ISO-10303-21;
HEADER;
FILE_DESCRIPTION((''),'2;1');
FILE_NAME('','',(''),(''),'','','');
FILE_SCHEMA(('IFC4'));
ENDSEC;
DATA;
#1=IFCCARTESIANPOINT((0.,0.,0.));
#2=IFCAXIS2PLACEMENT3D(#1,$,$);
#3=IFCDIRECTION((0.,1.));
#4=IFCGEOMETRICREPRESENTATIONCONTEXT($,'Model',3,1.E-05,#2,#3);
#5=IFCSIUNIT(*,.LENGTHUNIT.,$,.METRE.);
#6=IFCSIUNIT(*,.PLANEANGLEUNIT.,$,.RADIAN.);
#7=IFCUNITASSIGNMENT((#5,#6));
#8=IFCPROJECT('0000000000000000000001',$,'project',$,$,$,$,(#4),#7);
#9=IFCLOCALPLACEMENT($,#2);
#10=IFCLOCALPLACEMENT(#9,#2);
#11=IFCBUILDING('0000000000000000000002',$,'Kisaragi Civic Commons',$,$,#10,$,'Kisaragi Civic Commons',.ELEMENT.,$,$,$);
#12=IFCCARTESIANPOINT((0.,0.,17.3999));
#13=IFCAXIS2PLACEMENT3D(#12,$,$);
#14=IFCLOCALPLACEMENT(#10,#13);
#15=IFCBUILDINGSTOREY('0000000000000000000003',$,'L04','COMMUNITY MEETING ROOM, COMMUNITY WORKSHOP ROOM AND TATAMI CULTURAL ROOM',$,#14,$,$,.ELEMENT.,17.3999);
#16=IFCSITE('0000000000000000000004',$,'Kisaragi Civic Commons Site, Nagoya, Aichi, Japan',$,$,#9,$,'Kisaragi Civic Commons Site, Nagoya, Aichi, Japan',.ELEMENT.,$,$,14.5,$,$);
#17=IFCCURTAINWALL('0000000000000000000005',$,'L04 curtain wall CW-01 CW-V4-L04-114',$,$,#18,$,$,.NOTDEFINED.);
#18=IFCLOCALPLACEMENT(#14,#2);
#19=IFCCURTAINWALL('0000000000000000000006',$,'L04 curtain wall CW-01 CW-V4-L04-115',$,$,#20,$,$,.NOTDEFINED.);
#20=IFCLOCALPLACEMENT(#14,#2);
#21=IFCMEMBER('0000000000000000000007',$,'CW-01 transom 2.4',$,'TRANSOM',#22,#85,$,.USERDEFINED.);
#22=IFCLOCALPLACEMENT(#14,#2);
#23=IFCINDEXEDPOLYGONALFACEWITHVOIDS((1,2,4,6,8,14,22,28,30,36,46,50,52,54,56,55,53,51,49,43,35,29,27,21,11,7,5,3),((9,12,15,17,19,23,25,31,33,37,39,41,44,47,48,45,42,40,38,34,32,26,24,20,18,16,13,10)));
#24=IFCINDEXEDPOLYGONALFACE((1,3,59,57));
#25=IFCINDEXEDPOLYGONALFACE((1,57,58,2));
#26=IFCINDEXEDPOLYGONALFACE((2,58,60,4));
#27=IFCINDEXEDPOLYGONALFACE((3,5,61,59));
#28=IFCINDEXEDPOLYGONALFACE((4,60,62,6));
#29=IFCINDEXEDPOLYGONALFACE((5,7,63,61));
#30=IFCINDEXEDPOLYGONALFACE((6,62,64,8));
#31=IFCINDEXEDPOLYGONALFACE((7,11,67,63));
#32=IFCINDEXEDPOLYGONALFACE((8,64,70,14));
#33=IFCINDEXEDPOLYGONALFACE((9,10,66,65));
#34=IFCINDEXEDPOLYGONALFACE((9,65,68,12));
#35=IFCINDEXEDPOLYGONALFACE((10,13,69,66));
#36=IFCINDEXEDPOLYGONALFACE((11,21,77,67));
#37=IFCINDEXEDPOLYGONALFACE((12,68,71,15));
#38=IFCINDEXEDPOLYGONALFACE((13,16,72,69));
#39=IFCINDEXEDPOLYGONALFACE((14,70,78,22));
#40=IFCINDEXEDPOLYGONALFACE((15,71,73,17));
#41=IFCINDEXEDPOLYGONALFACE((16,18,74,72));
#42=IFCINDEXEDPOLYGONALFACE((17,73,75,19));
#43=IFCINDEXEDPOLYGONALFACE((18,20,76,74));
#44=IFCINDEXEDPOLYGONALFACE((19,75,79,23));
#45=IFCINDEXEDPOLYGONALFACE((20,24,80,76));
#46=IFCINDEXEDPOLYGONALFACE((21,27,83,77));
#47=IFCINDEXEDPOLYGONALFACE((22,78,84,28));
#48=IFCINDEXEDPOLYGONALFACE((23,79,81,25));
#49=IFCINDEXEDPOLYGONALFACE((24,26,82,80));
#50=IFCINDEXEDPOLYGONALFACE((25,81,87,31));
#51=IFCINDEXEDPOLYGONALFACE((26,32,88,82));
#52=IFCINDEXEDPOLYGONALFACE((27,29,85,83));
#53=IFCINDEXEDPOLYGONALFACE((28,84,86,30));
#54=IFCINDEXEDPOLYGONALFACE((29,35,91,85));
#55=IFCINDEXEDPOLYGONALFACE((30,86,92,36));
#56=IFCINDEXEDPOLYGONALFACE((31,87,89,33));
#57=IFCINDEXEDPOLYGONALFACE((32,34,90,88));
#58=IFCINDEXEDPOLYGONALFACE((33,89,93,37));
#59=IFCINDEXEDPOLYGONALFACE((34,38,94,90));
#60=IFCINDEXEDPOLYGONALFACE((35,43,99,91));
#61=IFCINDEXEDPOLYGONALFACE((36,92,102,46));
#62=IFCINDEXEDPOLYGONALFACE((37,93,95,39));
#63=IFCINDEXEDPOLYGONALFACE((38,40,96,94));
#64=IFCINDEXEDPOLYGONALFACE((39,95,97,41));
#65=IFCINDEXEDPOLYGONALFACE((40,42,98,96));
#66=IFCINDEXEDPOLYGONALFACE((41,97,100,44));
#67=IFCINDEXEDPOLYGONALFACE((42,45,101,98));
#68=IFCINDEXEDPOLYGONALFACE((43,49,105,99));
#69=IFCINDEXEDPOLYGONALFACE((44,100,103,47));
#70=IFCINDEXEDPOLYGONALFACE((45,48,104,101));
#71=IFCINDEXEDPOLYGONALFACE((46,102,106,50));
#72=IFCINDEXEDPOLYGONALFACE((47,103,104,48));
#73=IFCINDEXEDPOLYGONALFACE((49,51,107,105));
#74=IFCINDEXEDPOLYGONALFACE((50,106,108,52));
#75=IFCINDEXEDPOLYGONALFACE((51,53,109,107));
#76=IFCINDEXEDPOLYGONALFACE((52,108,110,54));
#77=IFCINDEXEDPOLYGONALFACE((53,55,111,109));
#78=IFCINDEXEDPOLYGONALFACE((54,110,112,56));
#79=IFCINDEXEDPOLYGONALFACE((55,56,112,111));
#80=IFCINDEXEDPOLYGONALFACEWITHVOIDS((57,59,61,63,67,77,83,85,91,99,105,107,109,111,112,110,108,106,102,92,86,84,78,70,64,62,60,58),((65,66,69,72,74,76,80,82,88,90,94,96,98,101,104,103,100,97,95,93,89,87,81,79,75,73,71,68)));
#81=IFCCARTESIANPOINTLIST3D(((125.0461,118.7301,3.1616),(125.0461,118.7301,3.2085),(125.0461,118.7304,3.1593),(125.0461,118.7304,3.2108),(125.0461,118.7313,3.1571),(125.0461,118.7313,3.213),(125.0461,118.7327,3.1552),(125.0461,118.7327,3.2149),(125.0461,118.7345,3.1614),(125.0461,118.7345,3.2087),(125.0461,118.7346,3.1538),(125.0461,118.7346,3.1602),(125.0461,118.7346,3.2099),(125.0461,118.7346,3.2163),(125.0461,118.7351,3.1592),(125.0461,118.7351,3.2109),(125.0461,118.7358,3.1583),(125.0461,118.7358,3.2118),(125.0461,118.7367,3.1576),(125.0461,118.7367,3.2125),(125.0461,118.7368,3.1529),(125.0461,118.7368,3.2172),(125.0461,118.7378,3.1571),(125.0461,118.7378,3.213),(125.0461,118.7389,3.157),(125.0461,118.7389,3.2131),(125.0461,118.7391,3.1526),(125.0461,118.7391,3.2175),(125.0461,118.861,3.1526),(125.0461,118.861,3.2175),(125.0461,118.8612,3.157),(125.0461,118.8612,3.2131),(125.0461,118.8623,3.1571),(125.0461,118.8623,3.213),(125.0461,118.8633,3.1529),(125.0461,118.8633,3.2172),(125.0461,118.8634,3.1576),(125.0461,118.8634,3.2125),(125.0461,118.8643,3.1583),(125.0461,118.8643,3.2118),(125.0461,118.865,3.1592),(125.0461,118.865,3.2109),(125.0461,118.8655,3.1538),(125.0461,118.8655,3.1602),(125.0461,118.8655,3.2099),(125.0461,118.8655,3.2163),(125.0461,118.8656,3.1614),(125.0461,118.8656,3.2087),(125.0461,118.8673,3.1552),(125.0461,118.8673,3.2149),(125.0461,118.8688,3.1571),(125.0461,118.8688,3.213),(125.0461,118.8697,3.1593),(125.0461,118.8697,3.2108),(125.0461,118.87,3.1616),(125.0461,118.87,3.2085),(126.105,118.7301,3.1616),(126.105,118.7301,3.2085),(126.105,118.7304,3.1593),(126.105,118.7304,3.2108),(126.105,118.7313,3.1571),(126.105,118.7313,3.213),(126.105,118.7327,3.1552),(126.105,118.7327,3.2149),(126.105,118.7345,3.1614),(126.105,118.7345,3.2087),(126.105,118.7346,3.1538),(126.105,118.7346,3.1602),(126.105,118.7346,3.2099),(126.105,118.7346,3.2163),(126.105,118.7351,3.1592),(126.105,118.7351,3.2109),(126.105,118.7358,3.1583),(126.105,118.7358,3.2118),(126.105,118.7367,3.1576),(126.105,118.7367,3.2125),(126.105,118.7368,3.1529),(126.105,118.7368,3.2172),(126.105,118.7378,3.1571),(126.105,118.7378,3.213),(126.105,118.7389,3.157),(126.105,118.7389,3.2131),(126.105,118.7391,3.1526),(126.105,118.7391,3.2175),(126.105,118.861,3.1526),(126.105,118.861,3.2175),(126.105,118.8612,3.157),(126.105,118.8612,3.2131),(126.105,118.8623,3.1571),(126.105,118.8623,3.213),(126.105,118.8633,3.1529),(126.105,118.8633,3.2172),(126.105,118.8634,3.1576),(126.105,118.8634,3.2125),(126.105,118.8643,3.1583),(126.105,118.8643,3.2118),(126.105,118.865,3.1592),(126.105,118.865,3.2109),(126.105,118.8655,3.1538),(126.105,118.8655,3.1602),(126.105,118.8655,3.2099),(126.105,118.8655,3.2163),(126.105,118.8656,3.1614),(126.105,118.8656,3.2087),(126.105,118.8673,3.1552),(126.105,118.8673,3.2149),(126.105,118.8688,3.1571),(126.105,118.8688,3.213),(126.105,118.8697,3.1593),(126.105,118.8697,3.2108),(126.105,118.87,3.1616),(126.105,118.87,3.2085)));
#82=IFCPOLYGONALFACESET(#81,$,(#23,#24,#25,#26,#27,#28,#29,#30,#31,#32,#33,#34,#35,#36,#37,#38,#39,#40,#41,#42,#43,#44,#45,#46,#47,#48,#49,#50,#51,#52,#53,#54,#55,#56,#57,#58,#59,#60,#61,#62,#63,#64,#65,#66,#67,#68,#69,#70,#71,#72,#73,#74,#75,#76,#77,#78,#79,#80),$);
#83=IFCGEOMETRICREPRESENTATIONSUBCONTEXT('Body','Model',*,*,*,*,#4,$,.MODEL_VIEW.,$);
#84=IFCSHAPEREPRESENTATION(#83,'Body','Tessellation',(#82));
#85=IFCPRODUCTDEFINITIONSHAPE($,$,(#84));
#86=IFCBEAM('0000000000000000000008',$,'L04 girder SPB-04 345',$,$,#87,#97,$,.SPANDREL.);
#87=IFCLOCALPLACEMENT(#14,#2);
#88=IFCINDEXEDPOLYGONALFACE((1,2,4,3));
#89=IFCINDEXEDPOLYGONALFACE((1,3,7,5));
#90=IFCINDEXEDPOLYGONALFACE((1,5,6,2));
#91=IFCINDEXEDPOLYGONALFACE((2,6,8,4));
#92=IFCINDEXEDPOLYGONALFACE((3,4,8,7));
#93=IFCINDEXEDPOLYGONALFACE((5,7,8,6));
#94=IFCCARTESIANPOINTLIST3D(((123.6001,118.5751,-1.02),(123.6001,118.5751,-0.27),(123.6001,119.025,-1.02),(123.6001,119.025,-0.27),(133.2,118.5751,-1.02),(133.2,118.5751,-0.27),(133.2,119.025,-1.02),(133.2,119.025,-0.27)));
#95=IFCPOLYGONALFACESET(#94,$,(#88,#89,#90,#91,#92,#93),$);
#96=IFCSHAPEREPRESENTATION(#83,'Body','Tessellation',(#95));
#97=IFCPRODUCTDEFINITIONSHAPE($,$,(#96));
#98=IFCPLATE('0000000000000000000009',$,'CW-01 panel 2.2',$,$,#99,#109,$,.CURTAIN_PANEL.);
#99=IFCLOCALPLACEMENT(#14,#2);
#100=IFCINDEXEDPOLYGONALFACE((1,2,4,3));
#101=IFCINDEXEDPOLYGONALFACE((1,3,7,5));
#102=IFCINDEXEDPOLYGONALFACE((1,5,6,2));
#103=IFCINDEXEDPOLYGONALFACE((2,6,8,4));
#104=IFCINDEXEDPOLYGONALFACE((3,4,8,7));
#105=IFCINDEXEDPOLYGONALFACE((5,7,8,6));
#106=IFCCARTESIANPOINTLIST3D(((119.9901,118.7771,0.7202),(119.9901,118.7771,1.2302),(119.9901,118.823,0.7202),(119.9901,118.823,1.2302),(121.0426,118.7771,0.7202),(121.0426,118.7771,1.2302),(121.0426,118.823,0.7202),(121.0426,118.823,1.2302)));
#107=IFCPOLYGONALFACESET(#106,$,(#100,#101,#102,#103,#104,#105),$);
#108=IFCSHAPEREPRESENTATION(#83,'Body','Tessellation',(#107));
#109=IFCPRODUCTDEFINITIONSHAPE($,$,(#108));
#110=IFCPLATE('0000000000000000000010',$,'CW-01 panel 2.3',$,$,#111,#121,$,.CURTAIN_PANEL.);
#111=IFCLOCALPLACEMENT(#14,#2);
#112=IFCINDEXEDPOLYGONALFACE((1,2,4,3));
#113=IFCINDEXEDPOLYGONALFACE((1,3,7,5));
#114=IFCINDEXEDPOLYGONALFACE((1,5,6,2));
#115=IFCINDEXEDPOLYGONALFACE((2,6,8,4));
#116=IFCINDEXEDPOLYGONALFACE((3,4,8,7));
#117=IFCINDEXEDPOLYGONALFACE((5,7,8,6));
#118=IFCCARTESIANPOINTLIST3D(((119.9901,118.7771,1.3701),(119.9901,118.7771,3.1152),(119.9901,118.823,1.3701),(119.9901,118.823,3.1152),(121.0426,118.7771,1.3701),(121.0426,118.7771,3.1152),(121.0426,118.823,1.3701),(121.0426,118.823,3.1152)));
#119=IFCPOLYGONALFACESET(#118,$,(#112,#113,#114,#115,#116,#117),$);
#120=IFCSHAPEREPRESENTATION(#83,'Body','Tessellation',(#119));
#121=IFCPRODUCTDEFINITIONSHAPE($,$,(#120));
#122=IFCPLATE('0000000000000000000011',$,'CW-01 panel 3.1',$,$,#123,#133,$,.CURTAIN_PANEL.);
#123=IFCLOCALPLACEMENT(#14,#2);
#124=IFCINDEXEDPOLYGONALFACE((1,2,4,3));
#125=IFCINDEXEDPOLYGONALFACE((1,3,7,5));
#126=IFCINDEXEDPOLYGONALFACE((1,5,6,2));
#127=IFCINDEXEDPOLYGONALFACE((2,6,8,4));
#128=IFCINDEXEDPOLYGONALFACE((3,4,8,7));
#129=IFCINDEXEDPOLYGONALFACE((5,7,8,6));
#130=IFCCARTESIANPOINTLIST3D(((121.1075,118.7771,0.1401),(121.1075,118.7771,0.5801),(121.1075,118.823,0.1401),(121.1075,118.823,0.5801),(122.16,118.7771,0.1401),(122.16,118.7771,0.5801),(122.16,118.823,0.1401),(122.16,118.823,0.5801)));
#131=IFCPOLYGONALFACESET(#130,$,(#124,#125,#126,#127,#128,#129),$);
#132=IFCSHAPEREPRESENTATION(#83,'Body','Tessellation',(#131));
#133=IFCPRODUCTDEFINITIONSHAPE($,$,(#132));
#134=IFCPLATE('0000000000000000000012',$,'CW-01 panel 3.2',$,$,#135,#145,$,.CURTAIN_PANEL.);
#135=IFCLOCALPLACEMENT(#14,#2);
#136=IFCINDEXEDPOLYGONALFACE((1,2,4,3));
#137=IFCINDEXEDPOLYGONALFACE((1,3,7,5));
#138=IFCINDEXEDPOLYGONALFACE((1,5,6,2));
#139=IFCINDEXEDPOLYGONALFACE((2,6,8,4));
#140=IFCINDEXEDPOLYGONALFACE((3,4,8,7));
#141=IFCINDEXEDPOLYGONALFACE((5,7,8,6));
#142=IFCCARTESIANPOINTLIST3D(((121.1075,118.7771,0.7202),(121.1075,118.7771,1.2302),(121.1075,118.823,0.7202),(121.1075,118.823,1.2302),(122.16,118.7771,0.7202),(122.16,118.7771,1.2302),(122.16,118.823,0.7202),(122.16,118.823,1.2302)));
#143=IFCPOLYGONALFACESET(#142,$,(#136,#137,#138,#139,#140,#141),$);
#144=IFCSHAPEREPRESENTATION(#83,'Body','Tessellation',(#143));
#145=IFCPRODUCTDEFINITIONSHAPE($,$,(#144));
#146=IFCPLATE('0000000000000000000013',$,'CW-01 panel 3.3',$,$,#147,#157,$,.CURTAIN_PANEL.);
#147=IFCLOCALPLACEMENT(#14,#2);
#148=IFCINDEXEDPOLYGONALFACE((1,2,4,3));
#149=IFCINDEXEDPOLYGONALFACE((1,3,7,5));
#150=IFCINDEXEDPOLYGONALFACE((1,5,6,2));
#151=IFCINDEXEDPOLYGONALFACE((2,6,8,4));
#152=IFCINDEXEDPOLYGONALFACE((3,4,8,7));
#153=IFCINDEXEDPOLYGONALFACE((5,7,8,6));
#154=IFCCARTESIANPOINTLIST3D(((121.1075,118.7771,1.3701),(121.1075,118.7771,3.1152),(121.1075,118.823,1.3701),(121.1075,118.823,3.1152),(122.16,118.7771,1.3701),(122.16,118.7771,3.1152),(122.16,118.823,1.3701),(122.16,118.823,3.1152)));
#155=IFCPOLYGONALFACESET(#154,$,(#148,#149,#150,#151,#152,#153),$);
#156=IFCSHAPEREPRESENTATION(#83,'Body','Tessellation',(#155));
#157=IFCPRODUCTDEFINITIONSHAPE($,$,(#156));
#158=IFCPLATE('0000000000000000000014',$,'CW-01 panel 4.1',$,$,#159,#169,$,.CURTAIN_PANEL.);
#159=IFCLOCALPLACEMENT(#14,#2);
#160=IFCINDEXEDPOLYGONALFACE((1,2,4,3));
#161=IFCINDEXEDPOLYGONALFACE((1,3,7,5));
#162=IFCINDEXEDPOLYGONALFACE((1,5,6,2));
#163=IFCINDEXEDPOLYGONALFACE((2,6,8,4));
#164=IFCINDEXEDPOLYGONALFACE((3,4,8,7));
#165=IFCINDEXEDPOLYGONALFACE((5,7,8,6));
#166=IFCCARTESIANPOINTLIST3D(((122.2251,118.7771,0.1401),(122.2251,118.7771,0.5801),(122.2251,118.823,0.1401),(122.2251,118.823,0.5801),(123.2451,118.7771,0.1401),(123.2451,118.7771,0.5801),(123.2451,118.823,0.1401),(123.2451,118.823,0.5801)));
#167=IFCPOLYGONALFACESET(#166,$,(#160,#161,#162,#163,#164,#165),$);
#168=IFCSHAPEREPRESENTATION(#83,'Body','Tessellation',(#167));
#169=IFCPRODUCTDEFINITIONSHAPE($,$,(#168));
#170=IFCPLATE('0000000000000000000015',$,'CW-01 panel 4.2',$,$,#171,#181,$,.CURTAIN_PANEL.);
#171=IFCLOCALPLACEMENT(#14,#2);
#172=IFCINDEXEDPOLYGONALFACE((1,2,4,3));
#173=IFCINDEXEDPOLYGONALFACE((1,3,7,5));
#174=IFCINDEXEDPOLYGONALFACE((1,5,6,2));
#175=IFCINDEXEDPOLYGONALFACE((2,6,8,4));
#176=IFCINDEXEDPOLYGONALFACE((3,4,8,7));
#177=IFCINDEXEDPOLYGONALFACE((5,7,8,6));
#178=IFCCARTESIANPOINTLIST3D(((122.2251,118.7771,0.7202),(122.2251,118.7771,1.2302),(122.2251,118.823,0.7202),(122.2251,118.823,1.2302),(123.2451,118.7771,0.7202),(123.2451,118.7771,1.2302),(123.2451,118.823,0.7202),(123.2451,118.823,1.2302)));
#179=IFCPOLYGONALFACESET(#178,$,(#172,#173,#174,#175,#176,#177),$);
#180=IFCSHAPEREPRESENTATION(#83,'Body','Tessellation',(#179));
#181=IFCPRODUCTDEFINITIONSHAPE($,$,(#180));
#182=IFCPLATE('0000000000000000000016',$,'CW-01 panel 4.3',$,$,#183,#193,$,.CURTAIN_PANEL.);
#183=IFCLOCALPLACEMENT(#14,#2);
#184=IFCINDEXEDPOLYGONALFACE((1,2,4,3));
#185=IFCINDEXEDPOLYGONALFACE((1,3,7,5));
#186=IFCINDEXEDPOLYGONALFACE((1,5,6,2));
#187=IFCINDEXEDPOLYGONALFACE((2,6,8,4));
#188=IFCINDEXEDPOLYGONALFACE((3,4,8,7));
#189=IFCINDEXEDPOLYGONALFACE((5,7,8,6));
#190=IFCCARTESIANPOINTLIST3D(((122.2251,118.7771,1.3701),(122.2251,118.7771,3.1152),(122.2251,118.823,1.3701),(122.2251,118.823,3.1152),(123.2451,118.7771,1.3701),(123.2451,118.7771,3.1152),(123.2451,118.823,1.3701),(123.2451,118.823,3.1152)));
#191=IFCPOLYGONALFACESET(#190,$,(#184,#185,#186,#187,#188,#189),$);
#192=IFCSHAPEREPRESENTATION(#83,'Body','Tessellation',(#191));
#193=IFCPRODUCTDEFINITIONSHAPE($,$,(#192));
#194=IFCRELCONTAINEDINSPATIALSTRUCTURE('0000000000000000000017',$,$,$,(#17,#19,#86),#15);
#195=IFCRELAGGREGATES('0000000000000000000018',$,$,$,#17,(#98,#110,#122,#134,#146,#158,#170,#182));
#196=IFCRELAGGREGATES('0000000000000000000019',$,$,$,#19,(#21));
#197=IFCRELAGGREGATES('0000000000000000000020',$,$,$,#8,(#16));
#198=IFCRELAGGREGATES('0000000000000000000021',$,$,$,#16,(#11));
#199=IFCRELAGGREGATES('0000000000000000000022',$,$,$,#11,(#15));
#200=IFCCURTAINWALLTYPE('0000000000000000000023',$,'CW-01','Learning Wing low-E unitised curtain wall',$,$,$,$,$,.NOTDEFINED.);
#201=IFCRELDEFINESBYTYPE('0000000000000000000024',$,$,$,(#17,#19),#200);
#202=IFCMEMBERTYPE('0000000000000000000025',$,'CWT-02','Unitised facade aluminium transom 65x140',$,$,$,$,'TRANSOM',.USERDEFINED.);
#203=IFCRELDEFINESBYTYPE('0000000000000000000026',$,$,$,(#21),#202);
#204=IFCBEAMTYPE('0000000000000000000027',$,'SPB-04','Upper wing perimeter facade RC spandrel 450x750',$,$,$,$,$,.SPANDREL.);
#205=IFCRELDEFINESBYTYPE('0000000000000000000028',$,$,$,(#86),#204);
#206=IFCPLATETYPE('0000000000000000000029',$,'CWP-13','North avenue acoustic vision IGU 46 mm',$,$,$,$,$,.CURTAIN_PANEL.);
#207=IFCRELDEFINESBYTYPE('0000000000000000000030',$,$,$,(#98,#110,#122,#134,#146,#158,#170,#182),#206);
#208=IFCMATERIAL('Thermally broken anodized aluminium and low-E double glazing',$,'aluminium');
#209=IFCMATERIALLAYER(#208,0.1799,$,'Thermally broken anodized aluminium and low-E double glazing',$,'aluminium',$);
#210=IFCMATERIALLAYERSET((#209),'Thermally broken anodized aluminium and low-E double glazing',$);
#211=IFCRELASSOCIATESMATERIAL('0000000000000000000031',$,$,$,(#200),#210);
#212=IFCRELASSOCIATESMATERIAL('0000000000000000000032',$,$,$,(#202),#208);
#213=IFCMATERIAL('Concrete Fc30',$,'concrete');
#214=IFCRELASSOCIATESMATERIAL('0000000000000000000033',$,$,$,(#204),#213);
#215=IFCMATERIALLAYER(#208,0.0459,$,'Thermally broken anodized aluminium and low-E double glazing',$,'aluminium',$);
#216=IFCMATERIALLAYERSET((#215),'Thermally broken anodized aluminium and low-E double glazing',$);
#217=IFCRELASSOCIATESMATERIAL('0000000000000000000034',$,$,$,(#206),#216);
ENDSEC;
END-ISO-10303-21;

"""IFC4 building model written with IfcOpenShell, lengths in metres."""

from ifc_helpers import new_model, si_unit, direction, frame, origin, origin_2d, place, context, subcontext, project, spatial, rectangle, hollow_rectangle, extrude, material, layer, layer_set, material_profile, profile_set, type_object, element, aggregate, save


model = new_model("IFC4")

# Units and contexts
model_context = context("Model", 3, precision=1e-05, world=origin(), true_north=direction((0.0, 1.0)))
body_context = subcontext(model_context, "Body", "Model", "MODEL_VIEW")
ifc_project = project(units=[si_unit("LENGTHUNIT", "METRE"), si_unit("PLANEANGLEUNIT", "RADIAN")], contexts=[model_context])

# Site, building, storey
site_placement = place(None, origin())
site = spatial("IfcSite", under=ifc_project, at=site_placement, Name="Kisaragi Civic Commons Site, Nagoya, Aichi, Japan", LongName="Kisaragi Civic Commons Site, Nagoya, Aichi, Japan", CompositionType="ELEMENT", RefElevation=14.5)
building_placement = place(site_placement, origin())
building = spatial("IfcBuilding", under=site, at=building_placement, Name="Kisaragi Civic Commons", LongName="Kisaragi Civic Commons", CompositionType="ELEMENT")
storey_placement = place(building_placement, frame((0.0, 0.0, 17.3999)))
storey = spatial("IfcBuildingStorey", under=building, at=storey_placement, Name="L04", Description="COMMUNITY MEETING ROOM, COMMUNITY WORKSHOP ROOM AND TATAMI CULTURAL ROOM", CompositionType="ELEMENT", Elevation=17.3999)

# Shared definitions
ifc_material_1 = material(Name="Concrete Fc30", Category="concrete")

# Curtain walls
ifc_material_2 = material(Name="Thermally broken anodized aluminium and low-E double glazing", Category="aluminium")
ifc_layer_1 = layer(ifc_material_2, 0.1799, Name="Thermally broken anodized aluminium and low-E double glazing", Category="aluminium")
ifc_layer_set_1 = layer_set([ifc_layer_1], Name="Thermally broken anodized aluminium and low-E double glazing")
curtain_wall_type = type_object("IfcCurtainWallType", Name="CW-01", Description="Learning Wing low-E unitised curtain wall", PredefinedType="NOTDEFINED", material=ifc_layer_set_1)
curtain_wall_1_placement = place(storey_placement, origin())
curtain_wall_1 = element("IfcCurtainWall", 1, at=curtain_wall_1_placement, inside=storey, type_object=curtain_wall_type, Name="L04 curtain wall CW-01 CW-V4-L04-114", PredefinedType="NOTDEFINED")
curtain_wall_2_placement = place(storey_placement, origin())
curtain_wall_2 = element("IfcCurtainWall", 2, at=curtain_wall_2_placement, inside=storey, type_object=curtain_wall_type, Name="L04 curtain wall CW-01 CW-V4-L04-115", PredefinedType="NOTDEFINED")

# Member
ifc_material_profile_1 = material_profile(ifc_material_2, hollow_rectangle(XDim=0.1399, YDim=0.0649, WallThickness=0.0044, InnerFilletRadius=0.0044, OuterFilletRadius=0.009, at=origin_2d()), Name="CWT-65x140x4.5", Category="aluminium")
ifc_profile_set_1 = profile_set([ifc_material_profile_1], Name="Thermally broken anodized aluminium and low-E double glazing")
member_type_1 = type_object("IfcMemberType", Name="CWT-02", Description="Unitised facade aluminium transom 65x140", ElementType="TRANSOM", PredefinedType="USERDEFINED", material=ifc_profile_set_1)
member_1_placement = place(storey_placement, frame((125.0461, 118.8, 3.1851), z_axis=(1.0, 0.0, 0.0), x_axis=(0.0, 1.0, 0.0)))
member_1 = element("IfcMember", 3, at=member_1_placement, type_object=member_type_1, Name="CW-01 transom 2.4", ObjectType="TRANSOM", PredefinedType="USERDEFINED", context=body_context, shape_type="SweptSolid", body=[
    extrude(hollow_rectangle(XDim=0.1399, YDim=0.0649, WallThickness=0.0044, InnerFilletRadius=0.0044, OuterFilletRadius=0.009, at=origin_2d()), origin(), (0.0, 0.0, 1.0), 1.0588),
])

# Beam
ifc_material_profile_2 = material_profile(ifc_material_1, rectangle(XDim=0.45, YDim=0.75, at=origin_2d()), Name="RC-450x750", Category="concrete")
ifc_profile_set_2 = profile_set([ifc_material_profile_2], Name="Concrete Fc30")
beam_type = type_object("IfcBeamType", Name="SPB-04", Description="Upper wing perimeter facade RC spandrel 450x750", PredefinedType="SPANDREL", material=ifc_profile_set_2)
beam_placement = place(storey_placement, frame((123.6001, 118.8, -0.645), z_axis=(1.0, 0.0, 0.0), x_axis=(0.0, 1.0, 0.0)))
element("IfcBeam", 4, at=beam_placement, inside=storey, type_object=beam_type, Name="L04 girder SPB-04 345", PredefinedType="SPANDREL", context=body_context, shape_type="SweptSolid", body=[
    extrude(rectangle(XDim=0.45, YDim=0.75, at=origin_2d()), origin(), (0.0, 0.0, 1.0), 9.5999),
])

# Plates
ifc_layer_2 = layer(ifc_material_2, 0.0459, Name="Thermally broken anodized aluminium and low-E double glazing", Category="aluminium")
ifc_layer_set_2 = layer_set([ifc_layer_2], Name="Thermally broken anodized aluminium and low-E double glazing")
plate_type_1 = type_object("IfcPlateType", Name="CWP-13", Description="North avenue acoustic vision IGU 46 mm", PredefinedType="CURTAIN_PANEL", material=ifc_layer_set_2)
plate_1_placement = place(storey_placement, frame((120.5164, 118.8, 0.7202), z_axis=(0.0, 0.0, 1.0), x_axis=(1.0, 0.0, 0.0)))
plate_1 = element("IfcPlate", 5, at=plate_1_placement, type_object=plate_type_1, Name="CW-01 panel 2.2", PredefinedType="CURTAIN_PANEL", context=body_context, shape_type="SweptSolid", body=[
    extrude(rectangle(XDim=1.0525, YDim=0.0459, at=origin_2d()), origin(), (0.0, 0.0, 1.0), 0.51),
])
plate_2_placement = place(storey_placement, frame((120.5164, 118.8, 1.3701), z_axis=(0.0, 0.0, 1.0), x_axis=(1.0, 0.0, 0.0)))
plate_2 = element("IfcPlate", 6, at=plate_2_placement, type_object=plate_type_1, Name="CW-01 panel 2.3", PredefinedType="CURTAIN_PANEL", context=body_context, shape_type="SweptSolid", body=[
    extrude(rectangle(XDim=1.0525, YDim=0.0459, at=origin_2d()), origin(), (0.0, 0.0, 1.0), 1.7451),
])
plate_3_placement = place(storey_placement, frame((121.6338, 118.8, 0.1401), z_axis=(0.0, 0.0, 1.0), x_axis=(1.0, 0.0, 0.0)))
plate_3 = element("IfcPlate", 7, at=plate_3_placement, type_object=plate_type_1, Name="CW-01 panel 3.1", PredefinedType="CURTAIN_PANEL", context=body_context, shape_type="SweptSolid", body=[
    extrude(rectangle(XDim=1.0525, YDim=0.0459, at=origin_2d()), origin(), (0.0, 0.0, 1.0), 0.4399),
])
plate_4_placement = place(storey_placement, frame((121.6338, 118.8, 0.7202), z_axis=(0.0, 0.0, 1.0), x_axis=(1.0, 0.0, 0.0)))
plate_4 = element("IfcPlate", 8, at=plate_4_placement, type_object=plate_type_1, Name="CW-01 panel 3.2", PredefinedType="CURTAIN_PANEL", context=body_context, shape_type="SweptSolid", body=[
    extrude(rectangle(XDim=1.0525, YDim=0.0459, at=origin_2d()), origin(), (0.0, 0.0, 1.0), 0.51),
])
plate_5_placement = place(storey_placement, frame((121.6338, 118.8, 1.3701), z_axis=(0.0, 0.0, 1.0), x_axis=(1.0, 0.0, 0.0)))
plate_5 = element("IfcPlate", 9, at=plate_5_placement, type_object=plate_type_1, Name="CW-01 panel 3.3", PredefinedType="CURTAIN_PANEL", context=body_context, shape_type="SweptSolid", body=[
    extrude(rectangle(XDim=1.0525, YDim=0.0459, at=origin_2d()), origin(), (0.0, 0.0, 1.0), 1.7451),
])
plate_6_placement = place(storey_placement, frame((122.7351, 118.8, 0.1401), z_axis=(0.0, 0.0, 1.0), x_axis=(1.0, 0.0, 0.0)))
plate_6 = element("IfcPlate", 10, at=plate_6_placement, type_object=plate_type_1, Name="CW-01 panel 4.1", PredefinedType="CURTAIN_PANEL", context=body_context, shape_type="SweptSolid", body=[
    extrude(rectangle(XDim=1.02, YDim=0.0459, at=origin_2d()), origin(), (0.0, 0.0, 1.0), 0.4399),
])
plate_7_placement = place(storey_placement, frame((122.7351, 118.8, 0.7202), z_axis=(0.0, 0.0, 1.0), x_axis=(1.0, 0.0, 0.0)))
plate_7 = element("IfcPlate", 11, at=plate_7_placement, type_object=plate_type_1, Name="CW-01 panel 4.2", PredefinedType="CURTAIN_PANEL", context=body_context, shape_type="SweptSolid", body=[
    extrude(rectangle(XDim=1.02, YDim=0.0459, at=origin_2d()), origin(), (0.0, 0.0, 1.0), 0.51),
])
plate_8_placement = place(storey_placement, frame((122.7351, 118.8, 1.3701), z_axis=(0.0, 0.0, 1.0), x_axis=(1.0, 0.0, 0.0)))
plate_8 = element("IfcPlate", 12, at=plate_8_placement, type_object=plate_type_1, Name="CW-01 panel 4.3", PredefinedType="CURTAIN_PANEL", context=body_context, shape_type="SweptSolid", body=[
    extrude(rectangle(XDim=1.02, YDim=0.0459, at=origin_2d()), origin(), (0.0, 0.0, 1.0), 1.7451),
])
aggregate(curtain_wall_1, [plate_1, plate_2, plate_3, plate_4, plate_5, plate_6, plate_7, plate_8])
aggregate(curtain_wall_2, [member_1])

save(model, "model.ifc")
